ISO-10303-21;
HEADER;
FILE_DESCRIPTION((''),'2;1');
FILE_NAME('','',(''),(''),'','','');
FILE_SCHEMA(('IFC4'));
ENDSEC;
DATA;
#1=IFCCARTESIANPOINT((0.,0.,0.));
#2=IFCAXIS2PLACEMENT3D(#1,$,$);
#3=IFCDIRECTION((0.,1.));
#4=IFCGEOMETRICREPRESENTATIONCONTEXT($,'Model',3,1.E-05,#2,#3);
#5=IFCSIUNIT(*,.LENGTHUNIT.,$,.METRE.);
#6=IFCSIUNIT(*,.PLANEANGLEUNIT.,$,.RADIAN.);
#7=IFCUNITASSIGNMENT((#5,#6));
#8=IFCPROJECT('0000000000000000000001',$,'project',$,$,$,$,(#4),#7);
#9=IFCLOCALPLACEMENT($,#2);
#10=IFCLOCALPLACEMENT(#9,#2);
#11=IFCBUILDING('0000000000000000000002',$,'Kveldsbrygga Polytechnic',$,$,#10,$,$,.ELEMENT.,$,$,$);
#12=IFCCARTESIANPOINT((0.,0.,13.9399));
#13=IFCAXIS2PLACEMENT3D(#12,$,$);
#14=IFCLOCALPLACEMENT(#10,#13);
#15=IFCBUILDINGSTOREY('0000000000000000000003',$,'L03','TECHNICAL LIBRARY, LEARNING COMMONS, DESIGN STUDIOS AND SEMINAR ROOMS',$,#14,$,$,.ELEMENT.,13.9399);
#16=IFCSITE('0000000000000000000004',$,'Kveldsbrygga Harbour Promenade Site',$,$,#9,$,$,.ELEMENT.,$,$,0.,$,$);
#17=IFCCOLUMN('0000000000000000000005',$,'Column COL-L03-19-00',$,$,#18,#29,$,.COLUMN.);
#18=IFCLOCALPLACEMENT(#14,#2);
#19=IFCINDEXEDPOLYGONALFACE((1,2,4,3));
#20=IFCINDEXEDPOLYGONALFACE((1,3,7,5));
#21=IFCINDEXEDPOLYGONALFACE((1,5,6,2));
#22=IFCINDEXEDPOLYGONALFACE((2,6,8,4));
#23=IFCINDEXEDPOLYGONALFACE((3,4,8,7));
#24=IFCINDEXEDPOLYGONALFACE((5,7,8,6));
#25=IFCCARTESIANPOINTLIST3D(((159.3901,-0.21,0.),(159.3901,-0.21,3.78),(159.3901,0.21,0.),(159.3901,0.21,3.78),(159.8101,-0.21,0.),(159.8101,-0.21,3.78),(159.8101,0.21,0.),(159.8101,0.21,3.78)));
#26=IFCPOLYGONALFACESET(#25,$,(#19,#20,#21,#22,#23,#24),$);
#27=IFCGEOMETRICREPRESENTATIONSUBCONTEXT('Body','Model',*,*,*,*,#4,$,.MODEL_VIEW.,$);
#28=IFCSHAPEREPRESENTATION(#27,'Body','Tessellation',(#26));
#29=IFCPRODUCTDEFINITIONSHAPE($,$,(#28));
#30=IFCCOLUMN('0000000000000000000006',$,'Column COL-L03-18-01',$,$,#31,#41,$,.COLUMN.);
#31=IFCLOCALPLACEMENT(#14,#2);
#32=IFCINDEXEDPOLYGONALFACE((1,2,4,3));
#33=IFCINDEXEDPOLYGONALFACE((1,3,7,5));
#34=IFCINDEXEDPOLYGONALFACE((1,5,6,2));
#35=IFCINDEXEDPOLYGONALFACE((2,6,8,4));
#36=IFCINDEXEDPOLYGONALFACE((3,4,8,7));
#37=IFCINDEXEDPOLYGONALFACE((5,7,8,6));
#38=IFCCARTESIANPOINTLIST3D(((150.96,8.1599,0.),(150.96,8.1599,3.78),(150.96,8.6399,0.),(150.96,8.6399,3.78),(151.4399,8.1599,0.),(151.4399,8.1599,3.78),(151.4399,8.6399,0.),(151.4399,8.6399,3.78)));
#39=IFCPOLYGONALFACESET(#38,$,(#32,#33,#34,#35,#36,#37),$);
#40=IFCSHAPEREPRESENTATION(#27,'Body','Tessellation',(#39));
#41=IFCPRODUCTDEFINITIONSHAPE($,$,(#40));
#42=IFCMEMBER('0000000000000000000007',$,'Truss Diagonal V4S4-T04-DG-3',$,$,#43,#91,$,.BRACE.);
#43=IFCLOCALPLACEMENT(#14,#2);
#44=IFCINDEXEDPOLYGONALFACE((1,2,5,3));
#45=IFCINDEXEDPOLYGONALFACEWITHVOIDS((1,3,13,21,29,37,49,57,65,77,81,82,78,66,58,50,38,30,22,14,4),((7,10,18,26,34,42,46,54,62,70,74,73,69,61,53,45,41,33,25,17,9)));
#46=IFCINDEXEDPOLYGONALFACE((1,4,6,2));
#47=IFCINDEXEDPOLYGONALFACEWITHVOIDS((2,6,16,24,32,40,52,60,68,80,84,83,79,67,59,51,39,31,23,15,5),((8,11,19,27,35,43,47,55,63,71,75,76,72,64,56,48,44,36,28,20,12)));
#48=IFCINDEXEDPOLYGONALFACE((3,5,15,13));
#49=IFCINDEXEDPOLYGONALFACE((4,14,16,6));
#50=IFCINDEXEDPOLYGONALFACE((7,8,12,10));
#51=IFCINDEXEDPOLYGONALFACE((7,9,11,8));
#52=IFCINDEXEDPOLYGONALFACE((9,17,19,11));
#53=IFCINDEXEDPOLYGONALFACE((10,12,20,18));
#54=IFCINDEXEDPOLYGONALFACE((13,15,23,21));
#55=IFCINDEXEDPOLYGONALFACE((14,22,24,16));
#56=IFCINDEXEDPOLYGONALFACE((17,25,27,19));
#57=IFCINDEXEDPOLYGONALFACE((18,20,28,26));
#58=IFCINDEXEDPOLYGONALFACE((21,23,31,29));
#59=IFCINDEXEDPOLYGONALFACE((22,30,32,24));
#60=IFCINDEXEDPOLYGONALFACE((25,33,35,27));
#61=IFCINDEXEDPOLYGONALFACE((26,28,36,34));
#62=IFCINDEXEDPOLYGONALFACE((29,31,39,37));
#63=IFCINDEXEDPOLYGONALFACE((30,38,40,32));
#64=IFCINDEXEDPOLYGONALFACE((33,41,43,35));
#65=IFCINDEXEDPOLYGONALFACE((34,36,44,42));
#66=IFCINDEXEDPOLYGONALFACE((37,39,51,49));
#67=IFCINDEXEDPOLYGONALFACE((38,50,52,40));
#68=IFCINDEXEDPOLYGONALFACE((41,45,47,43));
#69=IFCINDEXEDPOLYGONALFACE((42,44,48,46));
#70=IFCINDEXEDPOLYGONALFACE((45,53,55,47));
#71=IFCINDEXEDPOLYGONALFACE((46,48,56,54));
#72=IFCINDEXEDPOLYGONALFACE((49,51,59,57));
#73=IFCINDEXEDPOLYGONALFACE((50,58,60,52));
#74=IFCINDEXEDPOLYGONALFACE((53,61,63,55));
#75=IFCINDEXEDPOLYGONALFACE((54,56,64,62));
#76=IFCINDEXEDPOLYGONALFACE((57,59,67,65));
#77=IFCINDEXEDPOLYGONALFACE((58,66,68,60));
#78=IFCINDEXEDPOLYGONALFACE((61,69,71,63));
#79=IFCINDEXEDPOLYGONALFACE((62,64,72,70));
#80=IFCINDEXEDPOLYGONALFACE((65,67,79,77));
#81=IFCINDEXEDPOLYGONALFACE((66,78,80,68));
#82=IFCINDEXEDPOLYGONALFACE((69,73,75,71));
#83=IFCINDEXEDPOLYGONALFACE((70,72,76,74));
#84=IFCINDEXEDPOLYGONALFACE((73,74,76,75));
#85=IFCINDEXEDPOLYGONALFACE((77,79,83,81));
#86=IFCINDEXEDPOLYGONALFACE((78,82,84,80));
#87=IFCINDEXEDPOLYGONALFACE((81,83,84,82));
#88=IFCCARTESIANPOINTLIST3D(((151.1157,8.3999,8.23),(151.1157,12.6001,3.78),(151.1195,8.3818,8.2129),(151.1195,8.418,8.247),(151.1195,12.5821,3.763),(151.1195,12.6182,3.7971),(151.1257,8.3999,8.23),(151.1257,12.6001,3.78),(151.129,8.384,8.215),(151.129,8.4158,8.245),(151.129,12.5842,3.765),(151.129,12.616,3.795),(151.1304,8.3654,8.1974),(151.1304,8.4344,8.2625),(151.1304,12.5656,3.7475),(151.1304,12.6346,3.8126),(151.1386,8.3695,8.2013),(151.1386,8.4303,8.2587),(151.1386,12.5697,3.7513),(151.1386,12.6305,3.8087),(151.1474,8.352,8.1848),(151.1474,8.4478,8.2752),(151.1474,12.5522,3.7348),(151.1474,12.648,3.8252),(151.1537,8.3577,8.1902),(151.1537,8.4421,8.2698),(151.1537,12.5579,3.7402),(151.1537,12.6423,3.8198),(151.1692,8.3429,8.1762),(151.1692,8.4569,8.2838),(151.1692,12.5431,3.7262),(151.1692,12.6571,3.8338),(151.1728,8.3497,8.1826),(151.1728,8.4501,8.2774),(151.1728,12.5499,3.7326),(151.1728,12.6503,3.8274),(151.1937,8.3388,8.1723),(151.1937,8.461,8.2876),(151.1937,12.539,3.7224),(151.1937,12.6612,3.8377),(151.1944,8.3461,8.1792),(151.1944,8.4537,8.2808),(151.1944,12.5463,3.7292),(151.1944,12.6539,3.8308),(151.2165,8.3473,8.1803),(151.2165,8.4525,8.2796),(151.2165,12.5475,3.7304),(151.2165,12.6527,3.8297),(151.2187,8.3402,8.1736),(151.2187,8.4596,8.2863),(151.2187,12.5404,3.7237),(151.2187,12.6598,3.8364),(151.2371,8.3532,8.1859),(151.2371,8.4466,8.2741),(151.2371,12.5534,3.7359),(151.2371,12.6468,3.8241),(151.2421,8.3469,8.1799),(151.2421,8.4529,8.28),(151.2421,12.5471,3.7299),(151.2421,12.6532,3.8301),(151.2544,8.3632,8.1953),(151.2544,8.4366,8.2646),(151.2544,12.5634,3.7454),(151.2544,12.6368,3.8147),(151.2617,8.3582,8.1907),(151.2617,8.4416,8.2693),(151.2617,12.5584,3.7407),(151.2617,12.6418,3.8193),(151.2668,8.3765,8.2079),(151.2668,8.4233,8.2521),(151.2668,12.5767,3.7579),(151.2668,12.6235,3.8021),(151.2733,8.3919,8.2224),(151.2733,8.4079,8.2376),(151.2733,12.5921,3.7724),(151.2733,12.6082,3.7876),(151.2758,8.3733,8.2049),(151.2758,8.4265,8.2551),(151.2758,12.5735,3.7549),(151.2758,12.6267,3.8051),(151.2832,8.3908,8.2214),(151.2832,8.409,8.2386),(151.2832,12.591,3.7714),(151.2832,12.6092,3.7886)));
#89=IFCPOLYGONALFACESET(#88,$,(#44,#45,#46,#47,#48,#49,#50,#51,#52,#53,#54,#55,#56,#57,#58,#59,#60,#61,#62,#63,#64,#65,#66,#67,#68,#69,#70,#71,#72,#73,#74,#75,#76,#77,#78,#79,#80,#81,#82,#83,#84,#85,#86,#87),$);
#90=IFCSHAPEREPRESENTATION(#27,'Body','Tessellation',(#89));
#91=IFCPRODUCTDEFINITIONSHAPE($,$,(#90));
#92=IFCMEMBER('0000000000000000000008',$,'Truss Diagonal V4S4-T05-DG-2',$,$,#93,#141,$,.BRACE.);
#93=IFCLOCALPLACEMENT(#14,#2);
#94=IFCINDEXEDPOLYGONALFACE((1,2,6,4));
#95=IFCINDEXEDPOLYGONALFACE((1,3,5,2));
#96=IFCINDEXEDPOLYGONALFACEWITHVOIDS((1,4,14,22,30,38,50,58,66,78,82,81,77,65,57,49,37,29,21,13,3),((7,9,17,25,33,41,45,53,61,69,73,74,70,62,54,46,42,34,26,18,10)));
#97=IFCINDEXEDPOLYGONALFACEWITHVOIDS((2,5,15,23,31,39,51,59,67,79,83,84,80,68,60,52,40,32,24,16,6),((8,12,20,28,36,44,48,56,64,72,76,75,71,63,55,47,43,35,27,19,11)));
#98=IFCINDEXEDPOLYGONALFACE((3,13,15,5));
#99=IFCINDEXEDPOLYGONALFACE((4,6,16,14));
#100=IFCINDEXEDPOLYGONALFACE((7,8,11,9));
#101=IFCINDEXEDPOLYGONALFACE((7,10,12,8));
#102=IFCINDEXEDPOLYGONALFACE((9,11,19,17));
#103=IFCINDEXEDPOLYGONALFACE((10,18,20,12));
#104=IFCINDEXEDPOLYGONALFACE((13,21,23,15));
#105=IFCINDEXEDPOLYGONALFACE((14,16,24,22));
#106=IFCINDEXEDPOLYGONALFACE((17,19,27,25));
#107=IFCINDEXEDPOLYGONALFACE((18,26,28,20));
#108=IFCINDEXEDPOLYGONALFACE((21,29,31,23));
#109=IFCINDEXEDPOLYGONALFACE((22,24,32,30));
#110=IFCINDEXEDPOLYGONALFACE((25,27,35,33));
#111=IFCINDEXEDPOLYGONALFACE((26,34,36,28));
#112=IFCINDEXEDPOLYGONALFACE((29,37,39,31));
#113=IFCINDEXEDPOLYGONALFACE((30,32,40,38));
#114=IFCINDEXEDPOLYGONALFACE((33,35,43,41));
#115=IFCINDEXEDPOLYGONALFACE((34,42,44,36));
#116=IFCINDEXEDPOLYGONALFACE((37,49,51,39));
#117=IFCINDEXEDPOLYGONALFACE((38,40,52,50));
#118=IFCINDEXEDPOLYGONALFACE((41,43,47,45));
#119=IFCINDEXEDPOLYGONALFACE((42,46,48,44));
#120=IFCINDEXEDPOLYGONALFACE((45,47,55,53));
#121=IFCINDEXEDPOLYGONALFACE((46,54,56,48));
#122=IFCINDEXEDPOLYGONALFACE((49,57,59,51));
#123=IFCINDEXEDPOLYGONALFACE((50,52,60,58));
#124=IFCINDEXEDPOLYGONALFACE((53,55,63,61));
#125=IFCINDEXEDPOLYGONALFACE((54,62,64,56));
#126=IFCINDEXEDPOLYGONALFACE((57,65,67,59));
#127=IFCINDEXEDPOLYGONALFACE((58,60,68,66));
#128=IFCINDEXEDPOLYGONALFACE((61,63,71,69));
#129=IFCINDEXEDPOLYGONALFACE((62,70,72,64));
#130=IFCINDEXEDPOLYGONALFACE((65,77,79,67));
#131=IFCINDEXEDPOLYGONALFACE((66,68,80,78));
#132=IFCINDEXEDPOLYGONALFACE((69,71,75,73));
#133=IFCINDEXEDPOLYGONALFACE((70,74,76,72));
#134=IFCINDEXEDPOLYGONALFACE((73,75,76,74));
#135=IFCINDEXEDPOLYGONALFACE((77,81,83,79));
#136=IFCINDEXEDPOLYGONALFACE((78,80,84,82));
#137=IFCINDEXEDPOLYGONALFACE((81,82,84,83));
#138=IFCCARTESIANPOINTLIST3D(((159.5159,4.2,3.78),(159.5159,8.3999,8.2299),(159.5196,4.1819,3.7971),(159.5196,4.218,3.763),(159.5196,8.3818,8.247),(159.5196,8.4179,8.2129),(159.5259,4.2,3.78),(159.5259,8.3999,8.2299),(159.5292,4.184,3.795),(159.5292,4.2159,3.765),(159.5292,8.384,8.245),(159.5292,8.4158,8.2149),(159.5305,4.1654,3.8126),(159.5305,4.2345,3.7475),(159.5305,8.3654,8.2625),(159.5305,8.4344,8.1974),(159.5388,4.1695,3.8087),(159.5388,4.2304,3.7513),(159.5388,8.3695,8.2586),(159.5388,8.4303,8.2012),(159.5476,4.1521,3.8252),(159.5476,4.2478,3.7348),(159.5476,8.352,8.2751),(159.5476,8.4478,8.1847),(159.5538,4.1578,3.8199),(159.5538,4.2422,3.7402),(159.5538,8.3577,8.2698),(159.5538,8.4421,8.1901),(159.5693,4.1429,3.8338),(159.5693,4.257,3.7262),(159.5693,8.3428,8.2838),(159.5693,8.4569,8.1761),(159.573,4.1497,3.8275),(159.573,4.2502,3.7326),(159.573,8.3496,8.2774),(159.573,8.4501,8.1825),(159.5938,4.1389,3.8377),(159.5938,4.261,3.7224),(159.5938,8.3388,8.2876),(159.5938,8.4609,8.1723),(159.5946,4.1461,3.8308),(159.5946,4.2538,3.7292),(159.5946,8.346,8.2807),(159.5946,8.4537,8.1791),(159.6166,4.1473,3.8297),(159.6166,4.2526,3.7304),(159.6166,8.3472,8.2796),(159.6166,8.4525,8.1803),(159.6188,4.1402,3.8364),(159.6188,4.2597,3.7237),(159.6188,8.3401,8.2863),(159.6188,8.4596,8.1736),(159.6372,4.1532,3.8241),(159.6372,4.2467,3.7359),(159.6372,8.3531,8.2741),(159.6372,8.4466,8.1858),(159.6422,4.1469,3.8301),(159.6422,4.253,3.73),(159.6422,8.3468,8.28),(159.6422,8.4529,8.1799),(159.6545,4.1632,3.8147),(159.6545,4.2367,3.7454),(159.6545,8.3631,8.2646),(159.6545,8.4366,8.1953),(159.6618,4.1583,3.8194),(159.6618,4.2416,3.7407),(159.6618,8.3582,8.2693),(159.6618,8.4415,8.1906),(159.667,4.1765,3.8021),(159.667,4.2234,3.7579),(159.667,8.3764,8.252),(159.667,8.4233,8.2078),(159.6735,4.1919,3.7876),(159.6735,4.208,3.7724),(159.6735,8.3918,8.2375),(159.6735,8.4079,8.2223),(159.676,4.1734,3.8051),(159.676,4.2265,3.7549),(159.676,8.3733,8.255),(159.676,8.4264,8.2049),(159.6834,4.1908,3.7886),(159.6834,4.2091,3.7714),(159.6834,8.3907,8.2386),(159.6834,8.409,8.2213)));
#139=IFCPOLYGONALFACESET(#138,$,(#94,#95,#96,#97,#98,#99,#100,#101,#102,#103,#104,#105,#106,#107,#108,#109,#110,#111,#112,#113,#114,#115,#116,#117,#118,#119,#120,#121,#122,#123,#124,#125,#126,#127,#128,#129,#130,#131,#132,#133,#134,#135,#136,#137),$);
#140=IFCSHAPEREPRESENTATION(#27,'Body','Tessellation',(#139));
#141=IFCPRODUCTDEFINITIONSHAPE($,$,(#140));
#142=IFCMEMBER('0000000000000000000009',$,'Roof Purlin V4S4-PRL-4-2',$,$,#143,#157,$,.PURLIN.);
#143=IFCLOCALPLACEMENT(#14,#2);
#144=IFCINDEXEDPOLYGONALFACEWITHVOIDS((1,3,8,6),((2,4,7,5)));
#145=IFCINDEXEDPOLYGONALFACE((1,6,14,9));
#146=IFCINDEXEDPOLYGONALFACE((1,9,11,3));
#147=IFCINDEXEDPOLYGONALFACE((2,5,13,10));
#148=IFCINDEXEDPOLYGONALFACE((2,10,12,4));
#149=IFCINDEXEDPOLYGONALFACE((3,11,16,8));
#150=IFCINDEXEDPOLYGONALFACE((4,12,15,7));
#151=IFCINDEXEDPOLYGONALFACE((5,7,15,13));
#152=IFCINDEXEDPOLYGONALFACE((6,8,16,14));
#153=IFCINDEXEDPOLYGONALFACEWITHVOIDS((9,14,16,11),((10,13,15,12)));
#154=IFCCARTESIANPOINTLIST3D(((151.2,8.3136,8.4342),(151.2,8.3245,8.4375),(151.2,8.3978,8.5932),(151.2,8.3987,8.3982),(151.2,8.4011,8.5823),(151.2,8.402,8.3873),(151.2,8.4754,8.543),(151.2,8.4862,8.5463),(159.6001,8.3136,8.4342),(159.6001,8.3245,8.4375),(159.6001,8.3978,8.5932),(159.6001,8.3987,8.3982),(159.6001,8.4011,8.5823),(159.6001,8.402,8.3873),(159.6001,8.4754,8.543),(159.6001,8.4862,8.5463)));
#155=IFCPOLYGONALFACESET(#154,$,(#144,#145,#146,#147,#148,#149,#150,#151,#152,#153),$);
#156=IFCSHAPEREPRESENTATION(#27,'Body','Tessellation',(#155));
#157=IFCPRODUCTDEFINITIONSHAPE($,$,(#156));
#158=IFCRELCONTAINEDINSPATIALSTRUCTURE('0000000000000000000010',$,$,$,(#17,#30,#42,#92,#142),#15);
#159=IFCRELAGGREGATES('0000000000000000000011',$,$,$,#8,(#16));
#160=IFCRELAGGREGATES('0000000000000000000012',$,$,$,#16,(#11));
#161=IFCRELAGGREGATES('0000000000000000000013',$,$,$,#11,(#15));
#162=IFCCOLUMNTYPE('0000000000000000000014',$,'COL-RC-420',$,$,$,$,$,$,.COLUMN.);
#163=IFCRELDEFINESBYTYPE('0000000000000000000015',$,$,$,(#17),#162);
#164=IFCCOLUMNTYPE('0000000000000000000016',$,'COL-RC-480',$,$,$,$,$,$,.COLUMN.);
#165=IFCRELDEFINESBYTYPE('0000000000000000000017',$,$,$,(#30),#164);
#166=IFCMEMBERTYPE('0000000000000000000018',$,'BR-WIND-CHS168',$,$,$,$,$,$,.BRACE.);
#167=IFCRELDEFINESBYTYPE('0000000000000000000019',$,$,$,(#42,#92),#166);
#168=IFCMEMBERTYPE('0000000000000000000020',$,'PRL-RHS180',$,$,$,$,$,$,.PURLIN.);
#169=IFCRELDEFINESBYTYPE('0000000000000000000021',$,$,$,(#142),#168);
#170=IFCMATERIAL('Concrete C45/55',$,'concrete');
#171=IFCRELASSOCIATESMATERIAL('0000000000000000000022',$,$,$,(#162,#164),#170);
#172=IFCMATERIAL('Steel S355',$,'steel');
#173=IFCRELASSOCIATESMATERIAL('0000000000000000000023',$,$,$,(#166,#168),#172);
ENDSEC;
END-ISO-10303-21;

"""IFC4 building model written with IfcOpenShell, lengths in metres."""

from ifc_helpers import new_model, si_unit, direction, frame, origin, origin_2d, place, context, subcontext, project, spatial, rectangle, hollow_rectangle, hollow_circle, extrude, material, material_profile, profile_set, type_object, element, save


model = new_model("IFC4")

# Units and contexts
model_context = context("Model", 3, precision=1e-05, world=origin(), true_north=direction((0.0, 1.0)))
body_context = subcontext(model_context, "Body", "Model", "MODEL_VIEW")
ifc_project = project(units=[si_unit("LENGTHUNIT", "METRE"), si_unit("PLANEANGLEUNIT", "RADIAN")], contexts=[model_context])

# Site, building, storey
site_placement = place(None, origin())
site = spatial("IfcSite", under=ifc_project, at=site_placement, Name="Kveldsbrygga Harbour Promenade Site", CompositionType="ELEMENT", RefElevation=0.0)
building_placement = place(site_placement, origin())
building = spatial("IfcBuilding", under=site, at=building_placement, Name="Kveldsbrygga Polytechnic", CompositionType="ELEMENT")
storey_placement = place(building_placement, frame((0.0, 0.0, 13.9399)))
storey = spatial("IfcBuildingStorey", under=building, at=storey_placement, Name="L03", Description="TECHNICAL LIBRARY, LEARNING COMMONS, DESIGN STUDIOS AND SEMINAR ROOMS", CompositionType="ELEMENT", Elevation=13.9399)

# Columns
ifc_material_1 = material(Name="Concrete C45/55", Category="concrete")
ifc_material_profile_1 = material_profile(ifc_material_1, rectangle(XDim=0.4199, YDim=0.4199, at=origin_2d()), Name="RC 420x420")
ifc_profile_set_1 = profile_set([ifc_material_profile_1], Name="Concrete C45/55")
column_type_1 = type_object("IfcColumnType", Name="COL-RC-420", PredefinedType="COLUMN", material=ifc_profile_set_1)
column_1_placement = place(storey_placement, frame((159.6001, 0.0, 0.0), z_axis=(0.0, 0.0, 1.0), x_axis=(1.0, 0.0, 0.0)))
element("IfcColumn", 1, at=column_1_placement, inside=storey, type_object=column_type_1, Name="Column COL-L03-19-00", PredefinedType="COLUMN", context=body_context, shape_type="SweptSolid", body=[
    extrude(rectangle(XDim=0.4199, YDim=0.4199, at=origin_2d()), origin(), (0.0, 0.0, 1.0), 3.78),
])
ifc_material_profile_2 = material_profile(ifc_material_1, rectangle(XDim=0.48, YDim=0.48, at=origin_2d()), Name="RC 480x480")
ifc_profile_set_2 = profile_set([ifc_material_profile_2], Name="Concrete C45/55")
column_type_2 = type_object("IfcColumnType", Name="COL-RC-480", PredefinedType="COLUMN", material=ifc_profile_set_2)
column_2_placement = place(storey_placement, frame((151.2, 8.3999, 0.0), z_axis=(0.0, 0.0, 1.0), x_axis=(1.0, 0.0, 0.0)))
element("IfcColumn", 2, at=column_2_placement, inside=storey, type_object=column_type_2, Name="Column COL-L03-18-01", PredefinedType="COLUMN", context=body_context, shape_type="SweptSolid", body=[
    extrude(rectangle(XDim=0.48, YDim=0.48, at=origin_2d()), origin(), (0.0, 0.0, 1.0), 3.78),
])

# Members
ifc_material_2 = material(Name="Steel S355", Category="steel")
ifc_material_profile_3 = material_profile(ifc_material_2, hollow_circle(Radius=0.0842, WallThickness=0.01, at=origin_2d()), Name="CHS 168.3x10.0")
ifc_profile_set_3 = profile_set([ifc_material_profile_3], Name="Steel S355")
member_type_1 = type_object("IfcMemberType", Name="BR-WIND-CHS168", PredefinedType="BRACE", material=ifc_profile_set_3)
member_1_placement = place(storey_placement, frame((151.2, 8.3999, 8.23), z_axis=(0.0, 0.686404, -0.72722), x_axis=(-1.0, 0.0, 0.0)))
element("IfcMember", 3, at=member_1_placement, inside=storey, type_object=member_type_1, Name="Truss Diagonal V4S4-T04-DG-3", PredefinedType="BRACE", context=body_context, shape_type="SweptSolid", body=[
    extrude(hollow_circle(Radius=0.0842, WallThickness=0.01, at=origin_2d()), origin(), (0.0, 0.0, 1.0), 6.1191),
])
member_2_placement = place(storey_placement, frame((159.6001, 4.2, 3.78), z_axis=(0.0, 0.686383, 0.72724), x_axis=(-1.0, 0.0, 0.0)))
element("IfcMember", 4, at=member_2_placement, inside=storey, type_object=member_type_1, Name="Truss Diagonal V4S4-T05-DG-2", PredefinedType="BRACE", context=body_context, shape_type="SweptSolid", body=[
    extrude(hollow_circle(Radius=0.0842, WallThickness=0.01, at=origin_2d()), origin(), (0.0, 0.0, 1.0), 6.1189),
])
ifc_material_profile_4 = material_profile(ifc_material_2, hollow_rectangle(XDim=0.1001, YDim=0.1799, WallThickness=0.0081, at=origin_2d()), Name="RHS 180x100x8.0")
ifc_profile_set_4 = profile_set([ifc_material_profile_4], Name="Steel S355")
member_type_2 = type_object("IfcMemberType", Name="PRL-RHS180", PredefinedType="PURLIN", material=ifc_profile_set_4)
member_3_placement = place(storey_placement, frame((151.2, 8.3999, 8.4902), z_axis=(1.0, 0.0, 0.0), x_axis=(0.0, 0.88366, -0.468129)))
element("IfcMember", 5, at=member_3_placement, inside=storey, type_object=member_type_2, Name="Roof Purlin V4S4-PRL-4-2", PredefinedType="PURLIN", context=body_context, shape_type="SweptSolid", body=[
    extrude(hollow_rectangle(XDim=0.1001, YDim=0.1799, WallThickness=0.0081, at=origin_2d()), origin(), (0.0, 0.0, 1.0), 8.4001),
])

save(model, "model.ifc")
